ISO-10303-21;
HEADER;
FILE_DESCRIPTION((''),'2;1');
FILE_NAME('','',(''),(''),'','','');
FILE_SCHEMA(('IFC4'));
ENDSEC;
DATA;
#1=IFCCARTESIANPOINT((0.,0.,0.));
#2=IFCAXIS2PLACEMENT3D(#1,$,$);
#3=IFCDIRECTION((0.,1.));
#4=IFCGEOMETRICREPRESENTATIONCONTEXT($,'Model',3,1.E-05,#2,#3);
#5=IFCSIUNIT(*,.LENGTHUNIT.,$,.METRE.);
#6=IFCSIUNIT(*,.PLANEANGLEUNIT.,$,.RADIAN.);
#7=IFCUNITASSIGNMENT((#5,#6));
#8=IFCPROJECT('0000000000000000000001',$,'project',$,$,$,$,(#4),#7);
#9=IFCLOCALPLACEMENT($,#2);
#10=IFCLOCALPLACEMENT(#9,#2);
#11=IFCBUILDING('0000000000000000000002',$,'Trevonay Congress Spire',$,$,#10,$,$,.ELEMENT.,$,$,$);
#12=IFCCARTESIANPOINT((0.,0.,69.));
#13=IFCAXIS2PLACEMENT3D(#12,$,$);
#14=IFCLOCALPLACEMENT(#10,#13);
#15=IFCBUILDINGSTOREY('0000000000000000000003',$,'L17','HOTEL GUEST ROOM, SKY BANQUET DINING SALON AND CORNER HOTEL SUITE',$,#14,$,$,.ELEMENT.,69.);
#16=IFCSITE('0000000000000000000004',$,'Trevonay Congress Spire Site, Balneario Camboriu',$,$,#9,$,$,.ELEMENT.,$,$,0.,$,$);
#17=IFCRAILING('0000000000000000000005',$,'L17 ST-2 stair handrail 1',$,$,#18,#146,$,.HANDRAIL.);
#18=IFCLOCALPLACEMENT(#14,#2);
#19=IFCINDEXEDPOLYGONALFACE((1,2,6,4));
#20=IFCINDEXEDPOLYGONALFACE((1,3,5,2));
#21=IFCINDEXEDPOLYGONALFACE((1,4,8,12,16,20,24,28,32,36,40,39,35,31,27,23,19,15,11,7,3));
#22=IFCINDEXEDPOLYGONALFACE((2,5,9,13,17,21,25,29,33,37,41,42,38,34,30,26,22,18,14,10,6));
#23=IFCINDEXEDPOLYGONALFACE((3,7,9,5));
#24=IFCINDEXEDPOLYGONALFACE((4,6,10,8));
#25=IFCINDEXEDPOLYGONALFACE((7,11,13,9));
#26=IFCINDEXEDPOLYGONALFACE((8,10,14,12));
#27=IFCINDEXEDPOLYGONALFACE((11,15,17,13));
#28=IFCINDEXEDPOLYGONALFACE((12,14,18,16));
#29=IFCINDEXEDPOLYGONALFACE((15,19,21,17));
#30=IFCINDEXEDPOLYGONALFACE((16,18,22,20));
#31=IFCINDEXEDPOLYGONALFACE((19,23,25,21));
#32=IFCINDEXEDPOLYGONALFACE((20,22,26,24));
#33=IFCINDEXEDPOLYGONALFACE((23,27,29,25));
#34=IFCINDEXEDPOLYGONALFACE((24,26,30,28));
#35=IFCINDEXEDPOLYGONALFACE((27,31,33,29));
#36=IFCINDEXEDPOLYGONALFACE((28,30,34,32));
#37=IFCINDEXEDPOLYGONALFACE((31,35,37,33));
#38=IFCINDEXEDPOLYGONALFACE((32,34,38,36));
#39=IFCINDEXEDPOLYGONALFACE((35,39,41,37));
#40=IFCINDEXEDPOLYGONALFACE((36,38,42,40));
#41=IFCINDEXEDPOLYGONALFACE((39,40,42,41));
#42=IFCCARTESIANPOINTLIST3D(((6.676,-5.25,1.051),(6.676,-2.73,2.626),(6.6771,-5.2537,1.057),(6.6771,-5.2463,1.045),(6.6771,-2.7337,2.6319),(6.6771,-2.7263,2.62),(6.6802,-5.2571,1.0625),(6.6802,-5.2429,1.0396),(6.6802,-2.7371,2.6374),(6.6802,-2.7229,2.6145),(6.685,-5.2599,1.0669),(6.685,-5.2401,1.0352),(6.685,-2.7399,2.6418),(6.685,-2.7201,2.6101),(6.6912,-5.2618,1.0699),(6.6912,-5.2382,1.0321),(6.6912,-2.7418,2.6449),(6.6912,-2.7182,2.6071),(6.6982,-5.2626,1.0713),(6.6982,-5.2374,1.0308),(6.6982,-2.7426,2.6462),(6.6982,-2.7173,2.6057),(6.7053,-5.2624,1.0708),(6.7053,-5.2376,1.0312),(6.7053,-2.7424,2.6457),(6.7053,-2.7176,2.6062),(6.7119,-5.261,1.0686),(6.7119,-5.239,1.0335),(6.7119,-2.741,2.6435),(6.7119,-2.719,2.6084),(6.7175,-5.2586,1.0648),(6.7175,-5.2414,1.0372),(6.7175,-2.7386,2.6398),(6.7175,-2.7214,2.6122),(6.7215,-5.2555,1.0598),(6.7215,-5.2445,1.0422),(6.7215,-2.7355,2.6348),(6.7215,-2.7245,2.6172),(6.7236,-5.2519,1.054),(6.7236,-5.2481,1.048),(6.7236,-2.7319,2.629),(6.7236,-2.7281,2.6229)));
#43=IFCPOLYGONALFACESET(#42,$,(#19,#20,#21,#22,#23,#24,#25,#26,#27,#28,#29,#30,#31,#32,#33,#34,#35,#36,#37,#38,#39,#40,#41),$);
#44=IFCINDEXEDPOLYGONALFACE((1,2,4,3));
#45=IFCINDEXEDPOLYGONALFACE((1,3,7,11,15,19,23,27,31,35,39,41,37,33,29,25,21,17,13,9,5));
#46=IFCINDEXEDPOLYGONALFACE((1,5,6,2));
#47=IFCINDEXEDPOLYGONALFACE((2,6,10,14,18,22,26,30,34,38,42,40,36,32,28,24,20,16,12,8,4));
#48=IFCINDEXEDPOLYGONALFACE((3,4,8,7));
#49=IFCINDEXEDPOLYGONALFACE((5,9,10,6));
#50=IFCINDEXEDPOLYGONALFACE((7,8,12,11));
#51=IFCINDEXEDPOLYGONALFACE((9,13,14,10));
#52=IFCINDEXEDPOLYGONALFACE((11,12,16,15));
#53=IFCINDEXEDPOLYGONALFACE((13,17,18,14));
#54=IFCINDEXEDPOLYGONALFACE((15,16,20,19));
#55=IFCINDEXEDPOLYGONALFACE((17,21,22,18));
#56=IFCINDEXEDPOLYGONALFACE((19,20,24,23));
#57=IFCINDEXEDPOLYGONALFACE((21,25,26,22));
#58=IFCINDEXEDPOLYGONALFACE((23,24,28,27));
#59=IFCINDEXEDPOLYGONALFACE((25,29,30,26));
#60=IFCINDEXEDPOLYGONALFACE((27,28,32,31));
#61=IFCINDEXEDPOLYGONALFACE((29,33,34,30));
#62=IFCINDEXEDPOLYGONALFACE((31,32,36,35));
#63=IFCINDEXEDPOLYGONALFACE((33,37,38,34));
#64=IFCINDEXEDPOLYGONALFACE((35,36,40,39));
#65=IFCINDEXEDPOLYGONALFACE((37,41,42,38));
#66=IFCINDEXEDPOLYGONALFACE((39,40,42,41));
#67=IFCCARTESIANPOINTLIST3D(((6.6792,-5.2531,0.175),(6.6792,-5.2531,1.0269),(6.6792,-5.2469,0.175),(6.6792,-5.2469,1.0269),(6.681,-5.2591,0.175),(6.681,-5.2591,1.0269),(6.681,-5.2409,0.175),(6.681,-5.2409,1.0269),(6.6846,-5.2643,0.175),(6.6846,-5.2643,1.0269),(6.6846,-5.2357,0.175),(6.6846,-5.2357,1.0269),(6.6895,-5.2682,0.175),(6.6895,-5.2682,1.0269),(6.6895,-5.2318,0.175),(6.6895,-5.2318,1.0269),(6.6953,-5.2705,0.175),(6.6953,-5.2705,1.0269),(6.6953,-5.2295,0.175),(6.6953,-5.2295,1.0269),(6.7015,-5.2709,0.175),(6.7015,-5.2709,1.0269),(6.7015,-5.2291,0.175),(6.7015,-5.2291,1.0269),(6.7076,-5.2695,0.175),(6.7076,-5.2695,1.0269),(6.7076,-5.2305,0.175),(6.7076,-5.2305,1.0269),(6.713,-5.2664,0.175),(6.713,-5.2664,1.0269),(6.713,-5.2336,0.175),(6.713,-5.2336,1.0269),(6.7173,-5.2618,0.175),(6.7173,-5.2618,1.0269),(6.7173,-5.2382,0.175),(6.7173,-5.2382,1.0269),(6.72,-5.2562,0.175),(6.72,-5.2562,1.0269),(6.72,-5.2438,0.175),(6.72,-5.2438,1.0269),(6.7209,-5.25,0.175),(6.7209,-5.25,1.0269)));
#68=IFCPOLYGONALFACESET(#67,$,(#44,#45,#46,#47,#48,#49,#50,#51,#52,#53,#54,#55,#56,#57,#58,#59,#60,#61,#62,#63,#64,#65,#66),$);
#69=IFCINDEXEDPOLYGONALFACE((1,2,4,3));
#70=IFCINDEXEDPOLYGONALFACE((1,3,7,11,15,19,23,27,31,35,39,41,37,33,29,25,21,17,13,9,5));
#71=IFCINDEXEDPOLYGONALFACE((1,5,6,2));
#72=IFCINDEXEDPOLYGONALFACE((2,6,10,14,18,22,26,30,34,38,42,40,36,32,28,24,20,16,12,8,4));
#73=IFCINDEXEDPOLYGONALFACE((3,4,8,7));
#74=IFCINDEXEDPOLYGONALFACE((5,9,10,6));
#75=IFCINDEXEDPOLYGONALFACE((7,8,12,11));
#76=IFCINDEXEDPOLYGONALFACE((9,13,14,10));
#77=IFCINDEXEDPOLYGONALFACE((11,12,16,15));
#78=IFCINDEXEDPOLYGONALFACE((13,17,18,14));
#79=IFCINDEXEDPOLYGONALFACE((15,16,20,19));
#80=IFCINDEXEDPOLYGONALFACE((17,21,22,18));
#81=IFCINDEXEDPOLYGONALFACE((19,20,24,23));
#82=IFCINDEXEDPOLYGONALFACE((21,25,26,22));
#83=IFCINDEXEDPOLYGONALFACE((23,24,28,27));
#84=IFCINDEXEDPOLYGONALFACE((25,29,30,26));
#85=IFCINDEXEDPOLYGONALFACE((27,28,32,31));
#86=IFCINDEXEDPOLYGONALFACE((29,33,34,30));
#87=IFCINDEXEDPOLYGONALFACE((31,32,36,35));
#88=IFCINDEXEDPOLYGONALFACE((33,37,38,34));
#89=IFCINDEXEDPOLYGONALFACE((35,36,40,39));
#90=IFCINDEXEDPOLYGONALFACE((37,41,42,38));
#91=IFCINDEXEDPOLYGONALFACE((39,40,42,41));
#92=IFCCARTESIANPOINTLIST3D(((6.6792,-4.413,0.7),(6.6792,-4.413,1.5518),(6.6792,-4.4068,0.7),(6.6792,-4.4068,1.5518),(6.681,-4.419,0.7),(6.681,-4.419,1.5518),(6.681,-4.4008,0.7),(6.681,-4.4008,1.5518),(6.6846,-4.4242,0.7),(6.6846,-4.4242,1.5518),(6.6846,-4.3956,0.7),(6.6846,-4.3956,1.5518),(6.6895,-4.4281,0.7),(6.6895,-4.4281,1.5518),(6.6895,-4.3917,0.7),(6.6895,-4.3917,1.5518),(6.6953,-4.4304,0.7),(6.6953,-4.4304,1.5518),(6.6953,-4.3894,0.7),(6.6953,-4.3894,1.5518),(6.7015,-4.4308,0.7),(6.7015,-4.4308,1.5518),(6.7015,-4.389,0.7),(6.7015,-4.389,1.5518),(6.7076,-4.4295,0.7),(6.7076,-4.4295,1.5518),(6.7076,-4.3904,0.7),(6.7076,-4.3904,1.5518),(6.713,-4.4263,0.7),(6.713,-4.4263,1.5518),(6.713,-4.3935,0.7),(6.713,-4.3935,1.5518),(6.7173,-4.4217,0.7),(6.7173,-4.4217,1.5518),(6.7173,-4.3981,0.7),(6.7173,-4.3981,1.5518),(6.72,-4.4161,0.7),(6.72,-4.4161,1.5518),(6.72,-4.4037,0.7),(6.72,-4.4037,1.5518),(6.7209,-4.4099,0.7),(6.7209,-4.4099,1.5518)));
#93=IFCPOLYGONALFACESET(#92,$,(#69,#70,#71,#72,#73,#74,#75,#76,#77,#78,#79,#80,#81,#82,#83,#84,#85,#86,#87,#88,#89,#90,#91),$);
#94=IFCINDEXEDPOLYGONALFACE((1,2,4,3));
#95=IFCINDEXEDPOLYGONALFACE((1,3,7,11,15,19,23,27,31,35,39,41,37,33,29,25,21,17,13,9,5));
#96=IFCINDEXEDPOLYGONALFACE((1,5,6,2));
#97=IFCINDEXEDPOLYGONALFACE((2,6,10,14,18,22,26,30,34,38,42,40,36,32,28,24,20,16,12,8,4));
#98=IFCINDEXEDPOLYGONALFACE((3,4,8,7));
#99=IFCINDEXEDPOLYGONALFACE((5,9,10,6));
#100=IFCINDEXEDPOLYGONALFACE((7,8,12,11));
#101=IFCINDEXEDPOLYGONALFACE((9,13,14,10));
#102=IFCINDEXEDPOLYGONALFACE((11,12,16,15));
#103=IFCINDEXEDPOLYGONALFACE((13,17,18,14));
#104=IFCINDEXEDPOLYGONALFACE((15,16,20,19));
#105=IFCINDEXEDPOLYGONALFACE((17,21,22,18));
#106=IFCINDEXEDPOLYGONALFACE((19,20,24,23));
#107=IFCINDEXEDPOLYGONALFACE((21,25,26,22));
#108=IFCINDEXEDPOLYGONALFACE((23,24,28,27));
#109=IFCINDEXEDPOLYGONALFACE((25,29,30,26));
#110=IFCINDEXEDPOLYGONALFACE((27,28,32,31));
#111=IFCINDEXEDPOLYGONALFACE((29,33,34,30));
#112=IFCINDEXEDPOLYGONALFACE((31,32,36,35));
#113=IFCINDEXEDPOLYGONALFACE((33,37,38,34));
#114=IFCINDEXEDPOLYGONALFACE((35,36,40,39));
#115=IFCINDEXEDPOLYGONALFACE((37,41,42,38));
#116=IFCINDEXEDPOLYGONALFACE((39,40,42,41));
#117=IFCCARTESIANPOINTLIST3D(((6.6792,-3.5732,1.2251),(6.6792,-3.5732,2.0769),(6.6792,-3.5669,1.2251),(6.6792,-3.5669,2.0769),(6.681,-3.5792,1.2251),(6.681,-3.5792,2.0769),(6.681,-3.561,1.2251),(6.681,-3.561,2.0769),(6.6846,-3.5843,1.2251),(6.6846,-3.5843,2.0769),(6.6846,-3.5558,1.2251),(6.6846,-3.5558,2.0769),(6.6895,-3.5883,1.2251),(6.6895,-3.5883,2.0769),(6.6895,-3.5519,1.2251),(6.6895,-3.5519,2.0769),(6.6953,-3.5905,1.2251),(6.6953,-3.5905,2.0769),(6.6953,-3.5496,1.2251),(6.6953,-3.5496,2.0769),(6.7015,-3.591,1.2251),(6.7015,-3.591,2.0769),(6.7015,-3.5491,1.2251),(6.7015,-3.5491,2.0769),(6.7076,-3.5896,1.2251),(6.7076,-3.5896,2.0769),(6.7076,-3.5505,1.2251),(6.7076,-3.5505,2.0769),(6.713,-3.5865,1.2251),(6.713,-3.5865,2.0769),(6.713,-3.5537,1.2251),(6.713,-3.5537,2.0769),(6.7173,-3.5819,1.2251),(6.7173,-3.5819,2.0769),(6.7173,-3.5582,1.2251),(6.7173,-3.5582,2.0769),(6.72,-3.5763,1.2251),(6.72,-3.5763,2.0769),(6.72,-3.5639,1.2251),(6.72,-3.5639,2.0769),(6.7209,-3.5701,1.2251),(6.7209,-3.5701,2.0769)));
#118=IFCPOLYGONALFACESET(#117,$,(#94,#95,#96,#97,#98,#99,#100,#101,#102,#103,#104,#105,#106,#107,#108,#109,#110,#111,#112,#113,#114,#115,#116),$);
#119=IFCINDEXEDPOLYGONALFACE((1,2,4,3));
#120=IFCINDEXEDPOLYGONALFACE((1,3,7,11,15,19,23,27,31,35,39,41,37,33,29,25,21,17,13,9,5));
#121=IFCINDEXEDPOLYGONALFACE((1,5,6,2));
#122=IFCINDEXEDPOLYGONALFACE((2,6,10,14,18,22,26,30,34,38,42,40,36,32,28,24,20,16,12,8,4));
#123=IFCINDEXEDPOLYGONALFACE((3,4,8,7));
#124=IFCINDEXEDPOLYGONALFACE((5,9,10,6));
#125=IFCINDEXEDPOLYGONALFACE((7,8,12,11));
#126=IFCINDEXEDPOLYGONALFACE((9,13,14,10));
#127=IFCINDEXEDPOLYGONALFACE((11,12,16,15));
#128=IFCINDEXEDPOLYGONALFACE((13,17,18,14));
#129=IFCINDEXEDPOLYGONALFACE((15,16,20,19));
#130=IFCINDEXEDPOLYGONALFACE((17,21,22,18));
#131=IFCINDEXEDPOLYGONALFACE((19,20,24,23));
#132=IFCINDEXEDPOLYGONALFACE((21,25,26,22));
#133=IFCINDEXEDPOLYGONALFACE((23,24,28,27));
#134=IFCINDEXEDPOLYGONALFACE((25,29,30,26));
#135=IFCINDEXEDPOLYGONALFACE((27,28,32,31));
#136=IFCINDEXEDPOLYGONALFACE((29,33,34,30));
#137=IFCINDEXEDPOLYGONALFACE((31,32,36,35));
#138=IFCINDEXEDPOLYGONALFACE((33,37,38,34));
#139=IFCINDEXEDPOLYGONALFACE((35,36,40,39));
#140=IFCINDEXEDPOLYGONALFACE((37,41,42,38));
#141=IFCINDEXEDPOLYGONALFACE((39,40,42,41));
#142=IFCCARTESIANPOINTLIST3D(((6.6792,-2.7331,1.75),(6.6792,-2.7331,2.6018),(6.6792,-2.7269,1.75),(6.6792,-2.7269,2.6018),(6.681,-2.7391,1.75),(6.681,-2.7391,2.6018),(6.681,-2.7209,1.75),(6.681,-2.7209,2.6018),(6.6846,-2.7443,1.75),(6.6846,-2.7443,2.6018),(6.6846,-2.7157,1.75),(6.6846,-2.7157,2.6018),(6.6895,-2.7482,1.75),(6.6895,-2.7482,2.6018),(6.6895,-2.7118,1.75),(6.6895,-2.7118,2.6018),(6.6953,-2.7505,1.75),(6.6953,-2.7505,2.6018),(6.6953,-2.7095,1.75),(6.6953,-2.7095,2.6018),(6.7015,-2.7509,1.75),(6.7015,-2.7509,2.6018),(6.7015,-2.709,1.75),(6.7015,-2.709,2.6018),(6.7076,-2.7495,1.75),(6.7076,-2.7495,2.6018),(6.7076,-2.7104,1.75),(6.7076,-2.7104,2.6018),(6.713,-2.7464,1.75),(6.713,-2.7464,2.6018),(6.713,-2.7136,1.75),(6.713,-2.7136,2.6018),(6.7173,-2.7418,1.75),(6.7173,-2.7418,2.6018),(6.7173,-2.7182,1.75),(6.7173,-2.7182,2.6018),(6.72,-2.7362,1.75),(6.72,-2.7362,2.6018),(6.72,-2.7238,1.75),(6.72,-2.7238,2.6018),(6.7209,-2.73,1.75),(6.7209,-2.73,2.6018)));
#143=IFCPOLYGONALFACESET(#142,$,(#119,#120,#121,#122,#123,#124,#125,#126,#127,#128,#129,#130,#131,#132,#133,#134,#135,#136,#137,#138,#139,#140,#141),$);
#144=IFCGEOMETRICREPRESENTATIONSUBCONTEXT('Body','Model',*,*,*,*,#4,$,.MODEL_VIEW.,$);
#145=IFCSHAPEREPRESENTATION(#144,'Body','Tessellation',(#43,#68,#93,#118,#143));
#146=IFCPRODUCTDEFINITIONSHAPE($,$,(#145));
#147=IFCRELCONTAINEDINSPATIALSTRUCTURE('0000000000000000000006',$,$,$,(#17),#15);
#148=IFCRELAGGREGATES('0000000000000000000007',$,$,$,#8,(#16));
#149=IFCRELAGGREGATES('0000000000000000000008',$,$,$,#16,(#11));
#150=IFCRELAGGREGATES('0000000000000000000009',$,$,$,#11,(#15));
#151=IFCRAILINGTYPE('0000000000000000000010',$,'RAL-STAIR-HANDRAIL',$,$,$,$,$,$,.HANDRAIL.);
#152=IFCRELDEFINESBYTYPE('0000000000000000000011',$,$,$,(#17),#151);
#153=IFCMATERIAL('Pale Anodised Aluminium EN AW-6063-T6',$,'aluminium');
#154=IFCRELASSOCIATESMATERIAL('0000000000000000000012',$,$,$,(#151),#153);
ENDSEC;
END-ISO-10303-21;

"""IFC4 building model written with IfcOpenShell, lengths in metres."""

from ifc_helpers import new_model, si_unit, direction, frame, origin, origin_2d, place, context, subcontext, project, spatial, circle, extrude, material, type_object, element, save


model = new_model("IFC4")

# Units and contexts
model_context = context("Model", 3, precision=1e-05, world=origin(), true_north=direction((0.0, 1.0)))
body_context = subcontext(model_context, "Body", "Model", "MODEL_VIEW")
ifc_project = project(units=[si_unit("LENGTHUNIT", "METRE"), si_unit("PLANEANGLEUNIT", "RADIAN")], contexts=[model_context])

# Site, building, storey
site_placement = place(None, origin())
site = spatial("IfcSite", under=ifc_project, at=site_placement, Name="Trevonay Congress Spire Site, Balneario Camboriu", CompositionType="ELEMENT", RefElevation=0.0)
building_placement = place(site_placement, origin())
building = spatial("IfcBuilding", under=site, at=building_placement, Name="Trevonay Congress Spire", CompositionType="ELEMENT")
storey_placement = place(building_placement, frame((0.0, 0.0, 69.0)))
storey = spatial("IfcBuildingStorey", under=building, at=storey_placement, Name="L17", Description="HOTEL GUEST ROOM, SKY BANQUET DINING SALON AND CORNER HOTEL SUITE", CompositionType="ELEMENT", Elevation=69.0)

# Railing
ifc_material_1 = material(Name="Pale Anodised Aluminium EN AW-6063-T6", Category="aluminium")
railing_type_1 = type_object("IfcRailingType", Name="RAL-STAIR-HANDRAIL", PredefinedType="HANDRAIL", material=ifc_material_1)
railing_1_placement = place(storey_placement, frame((6.7, -5.25, 0.175)))
element("IfcRailing", 1, at=railing_1_placement, inside=storey, type_object=railing_type_1, Name="L17 ST-2 stair handrail 1", PredefinedType="HANDRAIL", context=body_context, shape_type="SweptSolid", body=[
    extrude(circle(Radius=0.0239, at=origin_2d()), frame((0.0, 0.0, 0.876), z_axis=(0.0, 0.848008, 0.529984), x_axis=(-1.0, 0.0, 0.0)), (0.0, 0.0, 1.0), 2.9717),
    extrude(circle(Radius=0.021, at=origin_2d()), origin(), (0.0, 0.0, 1.0), 0.8518),
    extrude(circle(Radius=0.021, at=origin_2d()), frame((0.0, 0.8401, 0.5249)), (0.0, 0.0, 1.0), 0.8518),
    extrude(circle(Radius=0.021, at=origin_2d()), frame((0.0, 1.6799, 1.05)), (0.0, 0.0, 1.0), 0.8518),
    extrude(circle(Radius=0.021, at=origin_2d()), frame((0.0, 2.52, 1.575)), (0.0, 0.0, 1.0), 0.8518),
])

save(model, "model.ifc")
